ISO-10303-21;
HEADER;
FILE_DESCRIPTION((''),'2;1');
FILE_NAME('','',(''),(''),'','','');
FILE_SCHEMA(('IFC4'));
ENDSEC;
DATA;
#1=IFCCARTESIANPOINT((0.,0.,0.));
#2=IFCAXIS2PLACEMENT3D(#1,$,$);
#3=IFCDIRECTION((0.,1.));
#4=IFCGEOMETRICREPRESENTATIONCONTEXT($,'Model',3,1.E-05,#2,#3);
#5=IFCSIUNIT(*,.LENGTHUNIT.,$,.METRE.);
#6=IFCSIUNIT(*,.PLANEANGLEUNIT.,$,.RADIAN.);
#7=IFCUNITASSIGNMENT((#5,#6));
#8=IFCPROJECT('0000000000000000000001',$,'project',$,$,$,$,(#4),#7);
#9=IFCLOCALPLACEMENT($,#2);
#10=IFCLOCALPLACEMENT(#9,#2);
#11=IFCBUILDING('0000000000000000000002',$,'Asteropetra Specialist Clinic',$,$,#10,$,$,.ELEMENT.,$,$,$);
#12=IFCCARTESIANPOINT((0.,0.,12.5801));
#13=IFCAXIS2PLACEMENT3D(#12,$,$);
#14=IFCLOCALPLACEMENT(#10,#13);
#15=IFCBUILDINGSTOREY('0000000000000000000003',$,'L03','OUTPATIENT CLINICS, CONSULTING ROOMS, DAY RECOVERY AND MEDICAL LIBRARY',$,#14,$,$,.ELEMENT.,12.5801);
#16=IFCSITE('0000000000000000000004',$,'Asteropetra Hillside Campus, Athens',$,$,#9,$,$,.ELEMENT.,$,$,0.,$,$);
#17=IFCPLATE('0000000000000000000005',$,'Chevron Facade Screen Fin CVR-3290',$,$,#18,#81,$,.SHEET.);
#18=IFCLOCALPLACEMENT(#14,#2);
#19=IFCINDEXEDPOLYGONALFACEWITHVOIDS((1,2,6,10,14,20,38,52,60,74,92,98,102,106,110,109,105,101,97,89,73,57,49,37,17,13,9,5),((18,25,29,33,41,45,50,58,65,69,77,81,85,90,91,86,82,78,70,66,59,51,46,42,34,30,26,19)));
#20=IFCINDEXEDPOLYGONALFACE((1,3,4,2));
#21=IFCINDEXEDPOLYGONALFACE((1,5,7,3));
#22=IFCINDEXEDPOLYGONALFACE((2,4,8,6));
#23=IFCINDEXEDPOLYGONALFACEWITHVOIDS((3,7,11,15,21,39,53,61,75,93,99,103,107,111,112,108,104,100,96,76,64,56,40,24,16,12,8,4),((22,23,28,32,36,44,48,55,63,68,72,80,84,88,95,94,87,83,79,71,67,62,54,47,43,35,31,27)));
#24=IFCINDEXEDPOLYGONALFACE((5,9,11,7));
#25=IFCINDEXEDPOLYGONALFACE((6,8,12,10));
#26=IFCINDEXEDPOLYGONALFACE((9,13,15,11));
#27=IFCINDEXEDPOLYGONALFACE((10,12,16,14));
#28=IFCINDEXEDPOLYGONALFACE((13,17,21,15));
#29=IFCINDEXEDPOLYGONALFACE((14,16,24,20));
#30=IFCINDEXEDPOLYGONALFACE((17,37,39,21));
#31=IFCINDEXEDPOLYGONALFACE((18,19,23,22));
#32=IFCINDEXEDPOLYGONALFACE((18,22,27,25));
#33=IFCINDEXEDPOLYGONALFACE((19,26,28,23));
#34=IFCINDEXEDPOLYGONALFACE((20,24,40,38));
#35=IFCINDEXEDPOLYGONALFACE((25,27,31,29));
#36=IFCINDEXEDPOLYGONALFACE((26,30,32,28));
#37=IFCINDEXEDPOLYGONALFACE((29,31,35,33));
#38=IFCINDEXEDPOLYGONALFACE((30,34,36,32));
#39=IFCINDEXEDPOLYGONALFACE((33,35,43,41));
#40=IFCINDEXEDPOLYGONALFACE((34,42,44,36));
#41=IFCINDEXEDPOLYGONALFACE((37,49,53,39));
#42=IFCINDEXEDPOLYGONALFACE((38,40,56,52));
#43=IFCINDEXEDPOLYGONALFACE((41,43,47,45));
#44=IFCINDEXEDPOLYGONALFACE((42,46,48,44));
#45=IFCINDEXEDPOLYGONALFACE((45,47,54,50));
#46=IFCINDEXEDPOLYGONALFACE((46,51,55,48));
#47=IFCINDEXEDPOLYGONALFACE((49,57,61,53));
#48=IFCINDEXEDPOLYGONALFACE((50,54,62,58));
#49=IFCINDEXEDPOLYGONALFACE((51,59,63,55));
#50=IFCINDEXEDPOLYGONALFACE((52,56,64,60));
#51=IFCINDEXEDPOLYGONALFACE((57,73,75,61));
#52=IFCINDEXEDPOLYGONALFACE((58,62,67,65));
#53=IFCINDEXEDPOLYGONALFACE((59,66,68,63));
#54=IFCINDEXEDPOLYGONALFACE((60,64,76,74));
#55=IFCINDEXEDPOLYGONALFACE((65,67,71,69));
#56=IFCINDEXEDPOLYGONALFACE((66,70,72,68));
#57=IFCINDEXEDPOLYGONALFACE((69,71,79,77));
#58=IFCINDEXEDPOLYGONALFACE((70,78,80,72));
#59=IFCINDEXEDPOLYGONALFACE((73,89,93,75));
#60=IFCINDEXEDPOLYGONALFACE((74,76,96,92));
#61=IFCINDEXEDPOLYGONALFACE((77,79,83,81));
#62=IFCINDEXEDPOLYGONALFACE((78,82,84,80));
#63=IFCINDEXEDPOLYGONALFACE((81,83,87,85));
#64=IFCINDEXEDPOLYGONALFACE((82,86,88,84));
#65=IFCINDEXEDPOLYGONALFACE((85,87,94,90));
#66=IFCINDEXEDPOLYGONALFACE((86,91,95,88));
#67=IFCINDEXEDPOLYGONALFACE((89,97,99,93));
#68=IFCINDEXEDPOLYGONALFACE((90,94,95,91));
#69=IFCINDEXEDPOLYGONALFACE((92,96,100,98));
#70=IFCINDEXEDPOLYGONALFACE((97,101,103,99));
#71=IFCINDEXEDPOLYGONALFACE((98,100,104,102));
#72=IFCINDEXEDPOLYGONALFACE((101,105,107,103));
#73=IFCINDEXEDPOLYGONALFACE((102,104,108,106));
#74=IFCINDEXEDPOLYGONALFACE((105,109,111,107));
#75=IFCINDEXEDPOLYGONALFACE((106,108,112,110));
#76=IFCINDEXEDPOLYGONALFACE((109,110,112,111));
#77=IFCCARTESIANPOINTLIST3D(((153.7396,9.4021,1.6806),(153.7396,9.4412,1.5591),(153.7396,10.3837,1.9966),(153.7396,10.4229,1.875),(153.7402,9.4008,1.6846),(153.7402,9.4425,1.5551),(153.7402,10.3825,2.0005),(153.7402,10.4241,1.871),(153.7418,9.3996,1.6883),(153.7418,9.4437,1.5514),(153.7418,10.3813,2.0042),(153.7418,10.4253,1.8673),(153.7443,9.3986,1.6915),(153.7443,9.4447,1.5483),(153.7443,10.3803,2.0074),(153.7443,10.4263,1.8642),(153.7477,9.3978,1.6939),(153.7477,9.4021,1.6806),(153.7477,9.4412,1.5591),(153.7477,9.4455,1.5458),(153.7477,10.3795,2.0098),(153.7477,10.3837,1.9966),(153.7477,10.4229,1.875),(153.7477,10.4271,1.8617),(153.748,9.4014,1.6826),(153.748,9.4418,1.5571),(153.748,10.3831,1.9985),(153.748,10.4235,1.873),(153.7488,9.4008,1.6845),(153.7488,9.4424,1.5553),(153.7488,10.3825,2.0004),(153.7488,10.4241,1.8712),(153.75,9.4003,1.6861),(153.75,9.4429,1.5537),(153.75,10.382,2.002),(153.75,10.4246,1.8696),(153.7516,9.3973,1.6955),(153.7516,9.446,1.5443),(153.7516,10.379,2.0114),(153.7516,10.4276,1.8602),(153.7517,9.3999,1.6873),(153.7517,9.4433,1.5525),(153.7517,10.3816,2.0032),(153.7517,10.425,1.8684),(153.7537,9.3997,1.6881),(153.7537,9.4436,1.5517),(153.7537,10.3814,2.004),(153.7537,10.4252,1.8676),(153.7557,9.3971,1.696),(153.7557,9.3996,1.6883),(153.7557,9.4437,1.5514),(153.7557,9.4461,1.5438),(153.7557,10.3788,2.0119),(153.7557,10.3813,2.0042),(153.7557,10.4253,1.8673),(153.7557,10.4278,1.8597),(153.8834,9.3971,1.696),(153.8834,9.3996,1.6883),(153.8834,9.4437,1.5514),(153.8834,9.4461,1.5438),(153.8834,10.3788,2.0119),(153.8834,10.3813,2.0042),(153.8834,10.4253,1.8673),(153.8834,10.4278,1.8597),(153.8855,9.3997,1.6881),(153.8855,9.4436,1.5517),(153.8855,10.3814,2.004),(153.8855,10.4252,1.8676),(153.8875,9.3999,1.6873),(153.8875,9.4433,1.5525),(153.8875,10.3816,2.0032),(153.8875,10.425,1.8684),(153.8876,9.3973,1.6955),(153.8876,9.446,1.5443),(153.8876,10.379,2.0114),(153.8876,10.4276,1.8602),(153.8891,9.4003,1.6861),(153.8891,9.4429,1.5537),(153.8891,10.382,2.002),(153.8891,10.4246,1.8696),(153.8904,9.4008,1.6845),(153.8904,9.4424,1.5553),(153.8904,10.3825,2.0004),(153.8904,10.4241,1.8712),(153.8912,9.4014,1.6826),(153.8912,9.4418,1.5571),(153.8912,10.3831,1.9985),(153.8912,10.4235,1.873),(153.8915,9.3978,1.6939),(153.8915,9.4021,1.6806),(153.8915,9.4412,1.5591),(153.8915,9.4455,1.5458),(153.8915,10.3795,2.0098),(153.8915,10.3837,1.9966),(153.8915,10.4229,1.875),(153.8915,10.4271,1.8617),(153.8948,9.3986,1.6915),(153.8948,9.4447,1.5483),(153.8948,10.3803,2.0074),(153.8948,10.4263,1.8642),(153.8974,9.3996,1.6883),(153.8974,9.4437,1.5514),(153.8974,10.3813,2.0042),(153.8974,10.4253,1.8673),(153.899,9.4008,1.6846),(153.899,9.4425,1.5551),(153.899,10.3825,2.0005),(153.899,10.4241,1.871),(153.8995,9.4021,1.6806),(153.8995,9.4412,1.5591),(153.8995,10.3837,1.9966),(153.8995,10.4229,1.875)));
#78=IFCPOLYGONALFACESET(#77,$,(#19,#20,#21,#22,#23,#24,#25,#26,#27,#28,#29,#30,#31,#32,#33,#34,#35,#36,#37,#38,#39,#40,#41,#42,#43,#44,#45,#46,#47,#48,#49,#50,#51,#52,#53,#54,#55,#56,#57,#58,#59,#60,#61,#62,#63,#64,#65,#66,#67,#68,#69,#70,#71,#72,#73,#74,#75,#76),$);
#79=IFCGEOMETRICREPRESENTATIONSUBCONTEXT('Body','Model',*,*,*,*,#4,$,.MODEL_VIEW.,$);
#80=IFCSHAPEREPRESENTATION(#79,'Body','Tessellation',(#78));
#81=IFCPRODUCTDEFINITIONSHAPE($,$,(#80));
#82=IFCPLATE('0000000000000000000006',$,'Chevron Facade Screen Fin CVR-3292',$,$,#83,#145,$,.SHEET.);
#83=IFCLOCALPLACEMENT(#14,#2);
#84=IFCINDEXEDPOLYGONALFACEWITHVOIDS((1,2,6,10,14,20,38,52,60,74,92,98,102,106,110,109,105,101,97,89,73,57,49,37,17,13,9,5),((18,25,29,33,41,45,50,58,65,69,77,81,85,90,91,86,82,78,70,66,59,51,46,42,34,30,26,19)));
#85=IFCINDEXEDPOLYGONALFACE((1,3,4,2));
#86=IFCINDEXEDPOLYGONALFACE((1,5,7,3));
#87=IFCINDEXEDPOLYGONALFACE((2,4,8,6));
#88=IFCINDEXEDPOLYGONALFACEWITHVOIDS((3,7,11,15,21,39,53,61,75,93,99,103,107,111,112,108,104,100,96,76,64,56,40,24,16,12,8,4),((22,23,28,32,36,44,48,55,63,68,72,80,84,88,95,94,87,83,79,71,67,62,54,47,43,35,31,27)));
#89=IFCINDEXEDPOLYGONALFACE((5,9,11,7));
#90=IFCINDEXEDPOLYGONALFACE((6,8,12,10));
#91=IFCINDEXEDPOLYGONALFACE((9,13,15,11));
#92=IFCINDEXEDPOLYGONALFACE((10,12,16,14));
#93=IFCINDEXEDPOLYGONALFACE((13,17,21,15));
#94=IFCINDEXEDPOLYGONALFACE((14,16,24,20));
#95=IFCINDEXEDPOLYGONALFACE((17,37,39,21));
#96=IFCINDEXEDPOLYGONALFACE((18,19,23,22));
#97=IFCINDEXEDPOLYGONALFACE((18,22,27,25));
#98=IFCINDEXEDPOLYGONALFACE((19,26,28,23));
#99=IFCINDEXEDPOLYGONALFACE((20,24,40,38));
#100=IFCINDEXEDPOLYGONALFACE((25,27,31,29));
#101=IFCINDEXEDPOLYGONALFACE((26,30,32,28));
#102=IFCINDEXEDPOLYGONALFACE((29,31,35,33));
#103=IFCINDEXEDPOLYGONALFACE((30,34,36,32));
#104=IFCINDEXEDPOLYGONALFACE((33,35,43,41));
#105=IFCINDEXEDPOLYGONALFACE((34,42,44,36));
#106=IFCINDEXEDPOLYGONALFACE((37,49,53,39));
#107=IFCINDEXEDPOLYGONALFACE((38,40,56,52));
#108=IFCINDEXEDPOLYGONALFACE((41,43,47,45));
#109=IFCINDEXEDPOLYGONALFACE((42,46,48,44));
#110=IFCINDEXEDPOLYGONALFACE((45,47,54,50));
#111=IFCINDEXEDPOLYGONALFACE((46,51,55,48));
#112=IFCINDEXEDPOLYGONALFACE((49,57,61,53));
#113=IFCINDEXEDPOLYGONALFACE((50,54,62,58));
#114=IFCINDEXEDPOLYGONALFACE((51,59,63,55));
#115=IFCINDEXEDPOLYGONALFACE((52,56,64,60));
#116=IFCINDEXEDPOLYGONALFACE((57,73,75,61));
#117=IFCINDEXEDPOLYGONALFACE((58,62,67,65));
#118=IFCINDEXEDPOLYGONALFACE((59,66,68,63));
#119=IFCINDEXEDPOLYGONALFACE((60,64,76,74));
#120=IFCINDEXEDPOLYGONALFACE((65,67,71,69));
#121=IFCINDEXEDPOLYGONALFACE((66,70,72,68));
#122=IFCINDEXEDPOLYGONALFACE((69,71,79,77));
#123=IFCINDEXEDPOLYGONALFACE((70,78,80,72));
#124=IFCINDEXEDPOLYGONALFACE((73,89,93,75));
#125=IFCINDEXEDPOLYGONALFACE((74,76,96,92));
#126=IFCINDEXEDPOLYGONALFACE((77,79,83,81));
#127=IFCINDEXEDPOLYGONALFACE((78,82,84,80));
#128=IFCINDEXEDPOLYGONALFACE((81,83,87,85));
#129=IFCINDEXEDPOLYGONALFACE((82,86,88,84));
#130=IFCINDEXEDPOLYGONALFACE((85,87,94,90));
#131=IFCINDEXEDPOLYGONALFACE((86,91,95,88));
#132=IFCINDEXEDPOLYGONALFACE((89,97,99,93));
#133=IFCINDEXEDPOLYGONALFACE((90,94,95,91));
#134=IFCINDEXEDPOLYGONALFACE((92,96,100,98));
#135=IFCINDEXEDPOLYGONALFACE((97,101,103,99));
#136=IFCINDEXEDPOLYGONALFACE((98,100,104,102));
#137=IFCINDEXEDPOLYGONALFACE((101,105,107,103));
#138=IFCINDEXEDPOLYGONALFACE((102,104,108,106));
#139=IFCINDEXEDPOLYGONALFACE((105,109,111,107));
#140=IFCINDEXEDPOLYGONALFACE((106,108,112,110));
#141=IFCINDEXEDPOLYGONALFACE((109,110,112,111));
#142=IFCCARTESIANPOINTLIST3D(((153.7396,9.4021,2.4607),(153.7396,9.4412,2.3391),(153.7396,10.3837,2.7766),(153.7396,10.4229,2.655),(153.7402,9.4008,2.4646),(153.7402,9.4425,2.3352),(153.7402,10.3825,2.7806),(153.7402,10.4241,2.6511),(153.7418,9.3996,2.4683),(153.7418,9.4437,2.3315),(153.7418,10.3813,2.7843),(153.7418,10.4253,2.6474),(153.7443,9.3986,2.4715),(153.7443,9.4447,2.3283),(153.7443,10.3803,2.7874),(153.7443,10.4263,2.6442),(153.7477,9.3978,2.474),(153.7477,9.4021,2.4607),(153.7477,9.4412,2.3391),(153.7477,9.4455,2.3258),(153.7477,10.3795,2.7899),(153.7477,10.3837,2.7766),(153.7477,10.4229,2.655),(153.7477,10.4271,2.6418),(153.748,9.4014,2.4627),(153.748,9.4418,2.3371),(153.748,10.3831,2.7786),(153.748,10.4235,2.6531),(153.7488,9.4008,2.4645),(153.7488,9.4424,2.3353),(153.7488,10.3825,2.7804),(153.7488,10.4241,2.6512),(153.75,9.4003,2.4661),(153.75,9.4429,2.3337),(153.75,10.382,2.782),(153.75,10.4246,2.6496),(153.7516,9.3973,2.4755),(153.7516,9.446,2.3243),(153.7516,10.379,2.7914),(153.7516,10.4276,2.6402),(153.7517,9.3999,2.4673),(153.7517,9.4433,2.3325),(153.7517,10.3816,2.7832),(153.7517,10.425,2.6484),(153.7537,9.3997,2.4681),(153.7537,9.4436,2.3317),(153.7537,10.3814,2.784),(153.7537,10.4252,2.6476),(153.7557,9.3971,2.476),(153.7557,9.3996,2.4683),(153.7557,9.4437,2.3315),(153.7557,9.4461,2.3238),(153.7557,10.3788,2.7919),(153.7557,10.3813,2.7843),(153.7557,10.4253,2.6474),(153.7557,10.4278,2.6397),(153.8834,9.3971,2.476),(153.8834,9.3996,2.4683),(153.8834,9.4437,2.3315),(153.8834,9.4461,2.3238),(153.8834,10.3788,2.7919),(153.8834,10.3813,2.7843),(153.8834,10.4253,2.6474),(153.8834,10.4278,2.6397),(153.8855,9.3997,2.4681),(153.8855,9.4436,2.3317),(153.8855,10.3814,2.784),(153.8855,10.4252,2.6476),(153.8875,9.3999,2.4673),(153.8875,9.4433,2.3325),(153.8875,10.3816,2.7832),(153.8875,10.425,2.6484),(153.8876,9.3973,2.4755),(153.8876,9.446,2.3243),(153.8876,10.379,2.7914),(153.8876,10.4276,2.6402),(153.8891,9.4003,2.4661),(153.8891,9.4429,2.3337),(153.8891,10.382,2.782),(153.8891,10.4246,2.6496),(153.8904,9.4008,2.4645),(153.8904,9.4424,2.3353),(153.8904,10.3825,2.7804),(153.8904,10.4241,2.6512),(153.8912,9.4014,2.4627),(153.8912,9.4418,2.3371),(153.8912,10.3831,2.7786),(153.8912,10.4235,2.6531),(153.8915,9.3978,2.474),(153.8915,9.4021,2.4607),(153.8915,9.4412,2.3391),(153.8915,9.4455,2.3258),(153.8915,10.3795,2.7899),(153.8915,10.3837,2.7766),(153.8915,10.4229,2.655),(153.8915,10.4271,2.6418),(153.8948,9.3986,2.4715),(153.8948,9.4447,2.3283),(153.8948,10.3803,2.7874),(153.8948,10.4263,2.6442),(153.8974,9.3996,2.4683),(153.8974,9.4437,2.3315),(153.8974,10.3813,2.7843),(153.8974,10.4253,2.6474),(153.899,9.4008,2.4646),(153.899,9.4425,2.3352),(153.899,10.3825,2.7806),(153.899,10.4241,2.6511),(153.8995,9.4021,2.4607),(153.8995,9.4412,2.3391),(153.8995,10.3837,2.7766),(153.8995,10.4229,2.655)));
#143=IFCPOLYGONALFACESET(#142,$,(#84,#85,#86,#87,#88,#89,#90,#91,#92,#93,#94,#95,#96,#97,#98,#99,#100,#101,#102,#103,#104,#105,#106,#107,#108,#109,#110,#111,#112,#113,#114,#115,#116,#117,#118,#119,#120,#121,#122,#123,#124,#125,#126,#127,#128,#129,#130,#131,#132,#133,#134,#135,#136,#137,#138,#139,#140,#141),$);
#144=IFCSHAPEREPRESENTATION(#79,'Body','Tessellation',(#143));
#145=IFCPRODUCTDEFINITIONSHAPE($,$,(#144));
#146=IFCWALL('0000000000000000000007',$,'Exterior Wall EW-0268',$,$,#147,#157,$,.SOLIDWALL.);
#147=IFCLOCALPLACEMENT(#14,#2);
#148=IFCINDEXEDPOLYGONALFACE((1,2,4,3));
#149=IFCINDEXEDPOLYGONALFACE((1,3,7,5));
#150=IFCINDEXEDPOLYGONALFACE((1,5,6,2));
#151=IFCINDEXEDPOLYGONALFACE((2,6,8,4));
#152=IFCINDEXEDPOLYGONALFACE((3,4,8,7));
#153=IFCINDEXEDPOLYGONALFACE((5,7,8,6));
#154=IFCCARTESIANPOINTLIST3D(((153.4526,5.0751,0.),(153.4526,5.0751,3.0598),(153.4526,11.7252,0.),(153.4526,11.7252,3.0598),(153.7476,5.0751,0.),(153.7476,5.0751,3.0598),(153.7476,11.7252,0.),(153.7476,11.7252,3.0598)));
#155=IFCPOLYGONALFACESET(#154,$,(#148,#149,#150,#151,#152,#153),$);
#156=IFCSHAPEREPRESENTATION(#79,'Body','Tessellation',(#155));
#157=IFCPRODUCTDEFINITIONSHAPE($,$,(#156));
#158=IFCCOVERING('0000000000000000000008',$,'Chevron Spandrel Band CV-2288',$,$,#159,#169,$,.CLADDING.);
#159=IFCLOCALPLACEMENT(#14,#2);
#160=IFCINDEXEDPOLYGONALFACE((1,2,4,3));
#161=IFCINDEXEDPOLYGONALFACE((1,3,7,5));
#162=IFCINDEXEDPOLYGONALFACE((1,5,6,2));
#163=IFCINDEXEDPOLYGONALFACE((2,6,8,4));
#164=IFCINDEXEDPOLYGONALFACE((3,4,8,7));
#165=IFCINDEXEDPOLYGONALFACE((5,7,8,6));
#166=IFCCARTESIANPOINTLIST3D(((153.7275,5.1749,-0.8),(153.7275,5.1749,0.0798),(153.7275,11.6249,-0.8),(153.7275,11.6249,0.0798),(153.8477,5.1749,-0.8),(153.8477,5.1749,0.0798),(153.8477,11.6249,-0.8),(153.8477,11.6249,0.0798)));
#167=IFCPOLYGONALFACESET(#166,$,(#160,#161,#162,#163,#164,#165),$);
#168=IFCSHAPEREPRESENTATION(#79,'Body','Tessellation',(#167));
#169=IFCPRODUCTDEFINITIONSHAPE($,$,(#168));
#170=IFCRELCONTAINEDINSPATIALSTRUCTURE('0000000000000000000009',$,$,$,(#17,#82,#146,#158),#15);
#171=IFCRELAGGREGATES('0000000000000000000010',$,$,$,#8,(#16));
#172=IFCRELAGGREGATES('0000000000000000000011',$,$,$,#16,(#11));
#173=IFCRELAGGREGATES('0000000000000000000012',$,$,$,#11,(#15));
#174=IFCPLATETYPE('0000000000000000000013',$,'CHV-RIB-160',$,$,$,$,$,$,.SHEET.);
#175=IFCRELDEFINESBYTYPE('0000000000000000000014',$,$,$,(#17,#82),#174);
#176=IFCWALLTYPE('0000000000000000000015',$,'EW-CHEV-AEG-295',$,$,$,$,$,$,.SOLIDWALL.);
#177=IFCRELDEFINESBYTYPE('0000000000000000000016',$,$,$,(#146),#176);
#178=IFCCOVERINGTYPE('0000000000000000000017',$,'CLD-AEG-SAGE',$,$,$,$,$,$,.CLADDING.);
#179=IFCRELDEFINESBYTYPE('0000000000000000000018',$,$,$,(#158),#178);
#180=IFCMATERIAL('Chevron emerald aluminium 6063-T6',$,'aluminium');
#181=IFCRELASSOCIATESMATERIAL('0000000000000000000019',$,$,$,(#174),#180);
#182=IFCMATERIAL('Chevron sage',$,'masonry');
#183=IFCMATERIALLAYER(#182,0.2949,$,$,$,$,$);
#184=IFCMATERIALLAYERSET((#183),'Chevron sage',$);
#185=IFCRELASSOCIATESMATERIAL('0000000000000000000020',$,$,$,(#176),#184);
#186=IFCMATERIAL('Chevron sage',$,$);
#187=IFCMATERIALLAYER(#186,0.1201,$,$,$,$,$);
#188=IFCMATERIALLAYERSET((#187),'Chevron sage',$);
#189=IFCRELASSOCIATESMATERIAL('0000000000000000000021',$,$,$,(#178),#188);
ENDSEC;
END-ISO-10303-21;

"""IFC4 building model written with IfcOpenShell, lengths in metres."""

from ifc_helpers import new_model, si_unit, direction, frame, frame_2d, origin, origin_2d, place, context, subcontext, project, spatial, rectangle, hollow_rectangle, extrude, material, layer, layer_set, material_profile, profile_set, type_object, element, save


model = new_model("IFC4")

# Units and contexts
model_context = context("Model", 3, precision=1e-05, world=origin(), true_north=direction((0.0, 1.0)))
body_context = subcontext(model_context, "Body", "Model", "MODEL_VIEW")
ifc_project = project(units=[si_unit("LENGTHUNIT", "METRE"), si_unit("PLANEANGLEUNIT", "RADIAN")], contexts=[model_context])

# Site, building, storey
site_placement = place(None, origin())
site = spatial("IfcSite", under=ifc_project, at=site_placement, Name="Asteropetra Hillside Campus, Athens", CompositionType="ELEMENT", RefElevation=0.0)
building_placement = place(site_placement, origin())
building = spatial("IfcBuilding", under=site, at=building_placement, Name="Asteropetra Specialist Clinic", CompositionType="ELEMENT")
storey_placement = place(building_placement, frame((0.0, 0.0, 12.5801)))
storey = spatial("IfcBuildingStorey", under=building, at=storey_placement, Name="L03", Description="OUTPATIENT CLINICS, CONSULTING ROOMS, DAY RECOVERY AND MEDICAL LIBRARY", CompositionType="ELEMENT", Elevation=12.5801)

# Plates
ifc_material_1 = material(Name="Chevron emerald aluminium 6063-T6", Category="aluminium")
ifc_material_profile_1 = material_profile(ifc_material_1, hollow_rectangle(XDim=0.1599, YDim=0.1599, WallThickness=0.0081, InnerFilletRadius=0.0081, OuterFilletRadius=0.0161, at=origin_2d()), Name="SHS 160x160x8.0")
ifc_profile_set_1 = profile_set([ifc_material_profile_1], Name="Chevron emerald aluminium 6063-T6")
plate_type = type_object("IfcPlateType", Name="CHV-RIB-160", PredefinedType="SHEET", material=ifc_profile_set_1)
for number, where, z_axis, x_axis, name in (
    (1, (153.8196, 9.4216, 1.6199), (0.0, 0.951923, 0.306339), (-1.0, 0.0, 0.0), "Chevron Facade Screen Fin CVR-3290"),
    (2, (153.8196, 9.4216, 2.3999), (0.0, 0.951923, 0.306339), (-1.0, 0.0, 0.0), "Chevron Facade Screen Fin CVR-3292"),
):
    element("IfcPlate", number, at=place(storey_placement, frame(where, z_axis=z_axis, x_axis=x_axis)), inside=storey, type_object=plate_type, Name=name, PredefinedType="SHEET", context=body_context, shape_type="SweptSolid", body=[
        extrude(hollow_rectangle(XDim=0.1599, YDim=0.1599, WallThickness=0.0081, InnerFilletRadius=0.0081, OuterFilletRadius=0.0161, at=origin_2d()), origin(), (0.0, 0.0, 1.0), 1.0312),
    ])

# Wall
ifc_material_2 = material(Name="Chevron sage", Category="masonry")
ifc_layer_1 = layer(ifc_material_2, 0.2949)
ifc_layer_set_1 = layer_set([ifc_layer_1], Name="Chevron sage")
wall_type = type_object("IfcWallType", Name="EW-CHEV-AEG-295", PredefinedType="SOLIDWALL", material=ifc_layer_set_1)
wall_placement = place(storey_placement, frame((153.6001, 5.075, 0.0), z_axis=(0.0, 0.0, 1.0), x_axis=(0.0, 1.0, 0.0)))
element("IfcWall", 3, at=wall_placement, inside=storey, type_object=wall_type, Name="Exterior Wall EW-0268", PredefinedType="SOLIDWALL", context=body_context, shape_type="SweptSolid", body=[
    extrude(rectangle(XDim=6.6501, YDim=0.2949, at=frame_2d((3.3252, 0.0))), origin(), (0.0, 0.0, 1.0), 3.0598),
])

# Covering
ifc_material_3 = material(Name="Chevron sage")
ifc_layer_2 = layer(ifc_material_3, 0.1201)
ifc_layer_set_2 = layer_set([ifc_layer_2], Name="Chevron sage")
covering_type = type_object("IfcCoveringType", Name="CLD-AEG-SAGE", PredefinedType="CLADDING", material=ifc_layer_set_2)
covering_placement = place(storey_placement, frame((153.7876, 8.3999, -0.8), z_axis=(0.0, 0.0, 1.0), x_axis=(1.0, 0.0, 0.0)))
element("IfcCovering", 4, at=covering_placement, inside=storey, type_object=covering_type, Name="Chevron Spandrel Band CV-2288", PredefinedType="CLADDING", context=body_context, shape_type="SweptSolid", body=[
    extrude(rectangle(XDim=0.1201, YDim=6.45, at=origin_2d()), origin(), (0.0, 0.0, 1.0), 0.8799),
])

save(model, "model.ifc")
